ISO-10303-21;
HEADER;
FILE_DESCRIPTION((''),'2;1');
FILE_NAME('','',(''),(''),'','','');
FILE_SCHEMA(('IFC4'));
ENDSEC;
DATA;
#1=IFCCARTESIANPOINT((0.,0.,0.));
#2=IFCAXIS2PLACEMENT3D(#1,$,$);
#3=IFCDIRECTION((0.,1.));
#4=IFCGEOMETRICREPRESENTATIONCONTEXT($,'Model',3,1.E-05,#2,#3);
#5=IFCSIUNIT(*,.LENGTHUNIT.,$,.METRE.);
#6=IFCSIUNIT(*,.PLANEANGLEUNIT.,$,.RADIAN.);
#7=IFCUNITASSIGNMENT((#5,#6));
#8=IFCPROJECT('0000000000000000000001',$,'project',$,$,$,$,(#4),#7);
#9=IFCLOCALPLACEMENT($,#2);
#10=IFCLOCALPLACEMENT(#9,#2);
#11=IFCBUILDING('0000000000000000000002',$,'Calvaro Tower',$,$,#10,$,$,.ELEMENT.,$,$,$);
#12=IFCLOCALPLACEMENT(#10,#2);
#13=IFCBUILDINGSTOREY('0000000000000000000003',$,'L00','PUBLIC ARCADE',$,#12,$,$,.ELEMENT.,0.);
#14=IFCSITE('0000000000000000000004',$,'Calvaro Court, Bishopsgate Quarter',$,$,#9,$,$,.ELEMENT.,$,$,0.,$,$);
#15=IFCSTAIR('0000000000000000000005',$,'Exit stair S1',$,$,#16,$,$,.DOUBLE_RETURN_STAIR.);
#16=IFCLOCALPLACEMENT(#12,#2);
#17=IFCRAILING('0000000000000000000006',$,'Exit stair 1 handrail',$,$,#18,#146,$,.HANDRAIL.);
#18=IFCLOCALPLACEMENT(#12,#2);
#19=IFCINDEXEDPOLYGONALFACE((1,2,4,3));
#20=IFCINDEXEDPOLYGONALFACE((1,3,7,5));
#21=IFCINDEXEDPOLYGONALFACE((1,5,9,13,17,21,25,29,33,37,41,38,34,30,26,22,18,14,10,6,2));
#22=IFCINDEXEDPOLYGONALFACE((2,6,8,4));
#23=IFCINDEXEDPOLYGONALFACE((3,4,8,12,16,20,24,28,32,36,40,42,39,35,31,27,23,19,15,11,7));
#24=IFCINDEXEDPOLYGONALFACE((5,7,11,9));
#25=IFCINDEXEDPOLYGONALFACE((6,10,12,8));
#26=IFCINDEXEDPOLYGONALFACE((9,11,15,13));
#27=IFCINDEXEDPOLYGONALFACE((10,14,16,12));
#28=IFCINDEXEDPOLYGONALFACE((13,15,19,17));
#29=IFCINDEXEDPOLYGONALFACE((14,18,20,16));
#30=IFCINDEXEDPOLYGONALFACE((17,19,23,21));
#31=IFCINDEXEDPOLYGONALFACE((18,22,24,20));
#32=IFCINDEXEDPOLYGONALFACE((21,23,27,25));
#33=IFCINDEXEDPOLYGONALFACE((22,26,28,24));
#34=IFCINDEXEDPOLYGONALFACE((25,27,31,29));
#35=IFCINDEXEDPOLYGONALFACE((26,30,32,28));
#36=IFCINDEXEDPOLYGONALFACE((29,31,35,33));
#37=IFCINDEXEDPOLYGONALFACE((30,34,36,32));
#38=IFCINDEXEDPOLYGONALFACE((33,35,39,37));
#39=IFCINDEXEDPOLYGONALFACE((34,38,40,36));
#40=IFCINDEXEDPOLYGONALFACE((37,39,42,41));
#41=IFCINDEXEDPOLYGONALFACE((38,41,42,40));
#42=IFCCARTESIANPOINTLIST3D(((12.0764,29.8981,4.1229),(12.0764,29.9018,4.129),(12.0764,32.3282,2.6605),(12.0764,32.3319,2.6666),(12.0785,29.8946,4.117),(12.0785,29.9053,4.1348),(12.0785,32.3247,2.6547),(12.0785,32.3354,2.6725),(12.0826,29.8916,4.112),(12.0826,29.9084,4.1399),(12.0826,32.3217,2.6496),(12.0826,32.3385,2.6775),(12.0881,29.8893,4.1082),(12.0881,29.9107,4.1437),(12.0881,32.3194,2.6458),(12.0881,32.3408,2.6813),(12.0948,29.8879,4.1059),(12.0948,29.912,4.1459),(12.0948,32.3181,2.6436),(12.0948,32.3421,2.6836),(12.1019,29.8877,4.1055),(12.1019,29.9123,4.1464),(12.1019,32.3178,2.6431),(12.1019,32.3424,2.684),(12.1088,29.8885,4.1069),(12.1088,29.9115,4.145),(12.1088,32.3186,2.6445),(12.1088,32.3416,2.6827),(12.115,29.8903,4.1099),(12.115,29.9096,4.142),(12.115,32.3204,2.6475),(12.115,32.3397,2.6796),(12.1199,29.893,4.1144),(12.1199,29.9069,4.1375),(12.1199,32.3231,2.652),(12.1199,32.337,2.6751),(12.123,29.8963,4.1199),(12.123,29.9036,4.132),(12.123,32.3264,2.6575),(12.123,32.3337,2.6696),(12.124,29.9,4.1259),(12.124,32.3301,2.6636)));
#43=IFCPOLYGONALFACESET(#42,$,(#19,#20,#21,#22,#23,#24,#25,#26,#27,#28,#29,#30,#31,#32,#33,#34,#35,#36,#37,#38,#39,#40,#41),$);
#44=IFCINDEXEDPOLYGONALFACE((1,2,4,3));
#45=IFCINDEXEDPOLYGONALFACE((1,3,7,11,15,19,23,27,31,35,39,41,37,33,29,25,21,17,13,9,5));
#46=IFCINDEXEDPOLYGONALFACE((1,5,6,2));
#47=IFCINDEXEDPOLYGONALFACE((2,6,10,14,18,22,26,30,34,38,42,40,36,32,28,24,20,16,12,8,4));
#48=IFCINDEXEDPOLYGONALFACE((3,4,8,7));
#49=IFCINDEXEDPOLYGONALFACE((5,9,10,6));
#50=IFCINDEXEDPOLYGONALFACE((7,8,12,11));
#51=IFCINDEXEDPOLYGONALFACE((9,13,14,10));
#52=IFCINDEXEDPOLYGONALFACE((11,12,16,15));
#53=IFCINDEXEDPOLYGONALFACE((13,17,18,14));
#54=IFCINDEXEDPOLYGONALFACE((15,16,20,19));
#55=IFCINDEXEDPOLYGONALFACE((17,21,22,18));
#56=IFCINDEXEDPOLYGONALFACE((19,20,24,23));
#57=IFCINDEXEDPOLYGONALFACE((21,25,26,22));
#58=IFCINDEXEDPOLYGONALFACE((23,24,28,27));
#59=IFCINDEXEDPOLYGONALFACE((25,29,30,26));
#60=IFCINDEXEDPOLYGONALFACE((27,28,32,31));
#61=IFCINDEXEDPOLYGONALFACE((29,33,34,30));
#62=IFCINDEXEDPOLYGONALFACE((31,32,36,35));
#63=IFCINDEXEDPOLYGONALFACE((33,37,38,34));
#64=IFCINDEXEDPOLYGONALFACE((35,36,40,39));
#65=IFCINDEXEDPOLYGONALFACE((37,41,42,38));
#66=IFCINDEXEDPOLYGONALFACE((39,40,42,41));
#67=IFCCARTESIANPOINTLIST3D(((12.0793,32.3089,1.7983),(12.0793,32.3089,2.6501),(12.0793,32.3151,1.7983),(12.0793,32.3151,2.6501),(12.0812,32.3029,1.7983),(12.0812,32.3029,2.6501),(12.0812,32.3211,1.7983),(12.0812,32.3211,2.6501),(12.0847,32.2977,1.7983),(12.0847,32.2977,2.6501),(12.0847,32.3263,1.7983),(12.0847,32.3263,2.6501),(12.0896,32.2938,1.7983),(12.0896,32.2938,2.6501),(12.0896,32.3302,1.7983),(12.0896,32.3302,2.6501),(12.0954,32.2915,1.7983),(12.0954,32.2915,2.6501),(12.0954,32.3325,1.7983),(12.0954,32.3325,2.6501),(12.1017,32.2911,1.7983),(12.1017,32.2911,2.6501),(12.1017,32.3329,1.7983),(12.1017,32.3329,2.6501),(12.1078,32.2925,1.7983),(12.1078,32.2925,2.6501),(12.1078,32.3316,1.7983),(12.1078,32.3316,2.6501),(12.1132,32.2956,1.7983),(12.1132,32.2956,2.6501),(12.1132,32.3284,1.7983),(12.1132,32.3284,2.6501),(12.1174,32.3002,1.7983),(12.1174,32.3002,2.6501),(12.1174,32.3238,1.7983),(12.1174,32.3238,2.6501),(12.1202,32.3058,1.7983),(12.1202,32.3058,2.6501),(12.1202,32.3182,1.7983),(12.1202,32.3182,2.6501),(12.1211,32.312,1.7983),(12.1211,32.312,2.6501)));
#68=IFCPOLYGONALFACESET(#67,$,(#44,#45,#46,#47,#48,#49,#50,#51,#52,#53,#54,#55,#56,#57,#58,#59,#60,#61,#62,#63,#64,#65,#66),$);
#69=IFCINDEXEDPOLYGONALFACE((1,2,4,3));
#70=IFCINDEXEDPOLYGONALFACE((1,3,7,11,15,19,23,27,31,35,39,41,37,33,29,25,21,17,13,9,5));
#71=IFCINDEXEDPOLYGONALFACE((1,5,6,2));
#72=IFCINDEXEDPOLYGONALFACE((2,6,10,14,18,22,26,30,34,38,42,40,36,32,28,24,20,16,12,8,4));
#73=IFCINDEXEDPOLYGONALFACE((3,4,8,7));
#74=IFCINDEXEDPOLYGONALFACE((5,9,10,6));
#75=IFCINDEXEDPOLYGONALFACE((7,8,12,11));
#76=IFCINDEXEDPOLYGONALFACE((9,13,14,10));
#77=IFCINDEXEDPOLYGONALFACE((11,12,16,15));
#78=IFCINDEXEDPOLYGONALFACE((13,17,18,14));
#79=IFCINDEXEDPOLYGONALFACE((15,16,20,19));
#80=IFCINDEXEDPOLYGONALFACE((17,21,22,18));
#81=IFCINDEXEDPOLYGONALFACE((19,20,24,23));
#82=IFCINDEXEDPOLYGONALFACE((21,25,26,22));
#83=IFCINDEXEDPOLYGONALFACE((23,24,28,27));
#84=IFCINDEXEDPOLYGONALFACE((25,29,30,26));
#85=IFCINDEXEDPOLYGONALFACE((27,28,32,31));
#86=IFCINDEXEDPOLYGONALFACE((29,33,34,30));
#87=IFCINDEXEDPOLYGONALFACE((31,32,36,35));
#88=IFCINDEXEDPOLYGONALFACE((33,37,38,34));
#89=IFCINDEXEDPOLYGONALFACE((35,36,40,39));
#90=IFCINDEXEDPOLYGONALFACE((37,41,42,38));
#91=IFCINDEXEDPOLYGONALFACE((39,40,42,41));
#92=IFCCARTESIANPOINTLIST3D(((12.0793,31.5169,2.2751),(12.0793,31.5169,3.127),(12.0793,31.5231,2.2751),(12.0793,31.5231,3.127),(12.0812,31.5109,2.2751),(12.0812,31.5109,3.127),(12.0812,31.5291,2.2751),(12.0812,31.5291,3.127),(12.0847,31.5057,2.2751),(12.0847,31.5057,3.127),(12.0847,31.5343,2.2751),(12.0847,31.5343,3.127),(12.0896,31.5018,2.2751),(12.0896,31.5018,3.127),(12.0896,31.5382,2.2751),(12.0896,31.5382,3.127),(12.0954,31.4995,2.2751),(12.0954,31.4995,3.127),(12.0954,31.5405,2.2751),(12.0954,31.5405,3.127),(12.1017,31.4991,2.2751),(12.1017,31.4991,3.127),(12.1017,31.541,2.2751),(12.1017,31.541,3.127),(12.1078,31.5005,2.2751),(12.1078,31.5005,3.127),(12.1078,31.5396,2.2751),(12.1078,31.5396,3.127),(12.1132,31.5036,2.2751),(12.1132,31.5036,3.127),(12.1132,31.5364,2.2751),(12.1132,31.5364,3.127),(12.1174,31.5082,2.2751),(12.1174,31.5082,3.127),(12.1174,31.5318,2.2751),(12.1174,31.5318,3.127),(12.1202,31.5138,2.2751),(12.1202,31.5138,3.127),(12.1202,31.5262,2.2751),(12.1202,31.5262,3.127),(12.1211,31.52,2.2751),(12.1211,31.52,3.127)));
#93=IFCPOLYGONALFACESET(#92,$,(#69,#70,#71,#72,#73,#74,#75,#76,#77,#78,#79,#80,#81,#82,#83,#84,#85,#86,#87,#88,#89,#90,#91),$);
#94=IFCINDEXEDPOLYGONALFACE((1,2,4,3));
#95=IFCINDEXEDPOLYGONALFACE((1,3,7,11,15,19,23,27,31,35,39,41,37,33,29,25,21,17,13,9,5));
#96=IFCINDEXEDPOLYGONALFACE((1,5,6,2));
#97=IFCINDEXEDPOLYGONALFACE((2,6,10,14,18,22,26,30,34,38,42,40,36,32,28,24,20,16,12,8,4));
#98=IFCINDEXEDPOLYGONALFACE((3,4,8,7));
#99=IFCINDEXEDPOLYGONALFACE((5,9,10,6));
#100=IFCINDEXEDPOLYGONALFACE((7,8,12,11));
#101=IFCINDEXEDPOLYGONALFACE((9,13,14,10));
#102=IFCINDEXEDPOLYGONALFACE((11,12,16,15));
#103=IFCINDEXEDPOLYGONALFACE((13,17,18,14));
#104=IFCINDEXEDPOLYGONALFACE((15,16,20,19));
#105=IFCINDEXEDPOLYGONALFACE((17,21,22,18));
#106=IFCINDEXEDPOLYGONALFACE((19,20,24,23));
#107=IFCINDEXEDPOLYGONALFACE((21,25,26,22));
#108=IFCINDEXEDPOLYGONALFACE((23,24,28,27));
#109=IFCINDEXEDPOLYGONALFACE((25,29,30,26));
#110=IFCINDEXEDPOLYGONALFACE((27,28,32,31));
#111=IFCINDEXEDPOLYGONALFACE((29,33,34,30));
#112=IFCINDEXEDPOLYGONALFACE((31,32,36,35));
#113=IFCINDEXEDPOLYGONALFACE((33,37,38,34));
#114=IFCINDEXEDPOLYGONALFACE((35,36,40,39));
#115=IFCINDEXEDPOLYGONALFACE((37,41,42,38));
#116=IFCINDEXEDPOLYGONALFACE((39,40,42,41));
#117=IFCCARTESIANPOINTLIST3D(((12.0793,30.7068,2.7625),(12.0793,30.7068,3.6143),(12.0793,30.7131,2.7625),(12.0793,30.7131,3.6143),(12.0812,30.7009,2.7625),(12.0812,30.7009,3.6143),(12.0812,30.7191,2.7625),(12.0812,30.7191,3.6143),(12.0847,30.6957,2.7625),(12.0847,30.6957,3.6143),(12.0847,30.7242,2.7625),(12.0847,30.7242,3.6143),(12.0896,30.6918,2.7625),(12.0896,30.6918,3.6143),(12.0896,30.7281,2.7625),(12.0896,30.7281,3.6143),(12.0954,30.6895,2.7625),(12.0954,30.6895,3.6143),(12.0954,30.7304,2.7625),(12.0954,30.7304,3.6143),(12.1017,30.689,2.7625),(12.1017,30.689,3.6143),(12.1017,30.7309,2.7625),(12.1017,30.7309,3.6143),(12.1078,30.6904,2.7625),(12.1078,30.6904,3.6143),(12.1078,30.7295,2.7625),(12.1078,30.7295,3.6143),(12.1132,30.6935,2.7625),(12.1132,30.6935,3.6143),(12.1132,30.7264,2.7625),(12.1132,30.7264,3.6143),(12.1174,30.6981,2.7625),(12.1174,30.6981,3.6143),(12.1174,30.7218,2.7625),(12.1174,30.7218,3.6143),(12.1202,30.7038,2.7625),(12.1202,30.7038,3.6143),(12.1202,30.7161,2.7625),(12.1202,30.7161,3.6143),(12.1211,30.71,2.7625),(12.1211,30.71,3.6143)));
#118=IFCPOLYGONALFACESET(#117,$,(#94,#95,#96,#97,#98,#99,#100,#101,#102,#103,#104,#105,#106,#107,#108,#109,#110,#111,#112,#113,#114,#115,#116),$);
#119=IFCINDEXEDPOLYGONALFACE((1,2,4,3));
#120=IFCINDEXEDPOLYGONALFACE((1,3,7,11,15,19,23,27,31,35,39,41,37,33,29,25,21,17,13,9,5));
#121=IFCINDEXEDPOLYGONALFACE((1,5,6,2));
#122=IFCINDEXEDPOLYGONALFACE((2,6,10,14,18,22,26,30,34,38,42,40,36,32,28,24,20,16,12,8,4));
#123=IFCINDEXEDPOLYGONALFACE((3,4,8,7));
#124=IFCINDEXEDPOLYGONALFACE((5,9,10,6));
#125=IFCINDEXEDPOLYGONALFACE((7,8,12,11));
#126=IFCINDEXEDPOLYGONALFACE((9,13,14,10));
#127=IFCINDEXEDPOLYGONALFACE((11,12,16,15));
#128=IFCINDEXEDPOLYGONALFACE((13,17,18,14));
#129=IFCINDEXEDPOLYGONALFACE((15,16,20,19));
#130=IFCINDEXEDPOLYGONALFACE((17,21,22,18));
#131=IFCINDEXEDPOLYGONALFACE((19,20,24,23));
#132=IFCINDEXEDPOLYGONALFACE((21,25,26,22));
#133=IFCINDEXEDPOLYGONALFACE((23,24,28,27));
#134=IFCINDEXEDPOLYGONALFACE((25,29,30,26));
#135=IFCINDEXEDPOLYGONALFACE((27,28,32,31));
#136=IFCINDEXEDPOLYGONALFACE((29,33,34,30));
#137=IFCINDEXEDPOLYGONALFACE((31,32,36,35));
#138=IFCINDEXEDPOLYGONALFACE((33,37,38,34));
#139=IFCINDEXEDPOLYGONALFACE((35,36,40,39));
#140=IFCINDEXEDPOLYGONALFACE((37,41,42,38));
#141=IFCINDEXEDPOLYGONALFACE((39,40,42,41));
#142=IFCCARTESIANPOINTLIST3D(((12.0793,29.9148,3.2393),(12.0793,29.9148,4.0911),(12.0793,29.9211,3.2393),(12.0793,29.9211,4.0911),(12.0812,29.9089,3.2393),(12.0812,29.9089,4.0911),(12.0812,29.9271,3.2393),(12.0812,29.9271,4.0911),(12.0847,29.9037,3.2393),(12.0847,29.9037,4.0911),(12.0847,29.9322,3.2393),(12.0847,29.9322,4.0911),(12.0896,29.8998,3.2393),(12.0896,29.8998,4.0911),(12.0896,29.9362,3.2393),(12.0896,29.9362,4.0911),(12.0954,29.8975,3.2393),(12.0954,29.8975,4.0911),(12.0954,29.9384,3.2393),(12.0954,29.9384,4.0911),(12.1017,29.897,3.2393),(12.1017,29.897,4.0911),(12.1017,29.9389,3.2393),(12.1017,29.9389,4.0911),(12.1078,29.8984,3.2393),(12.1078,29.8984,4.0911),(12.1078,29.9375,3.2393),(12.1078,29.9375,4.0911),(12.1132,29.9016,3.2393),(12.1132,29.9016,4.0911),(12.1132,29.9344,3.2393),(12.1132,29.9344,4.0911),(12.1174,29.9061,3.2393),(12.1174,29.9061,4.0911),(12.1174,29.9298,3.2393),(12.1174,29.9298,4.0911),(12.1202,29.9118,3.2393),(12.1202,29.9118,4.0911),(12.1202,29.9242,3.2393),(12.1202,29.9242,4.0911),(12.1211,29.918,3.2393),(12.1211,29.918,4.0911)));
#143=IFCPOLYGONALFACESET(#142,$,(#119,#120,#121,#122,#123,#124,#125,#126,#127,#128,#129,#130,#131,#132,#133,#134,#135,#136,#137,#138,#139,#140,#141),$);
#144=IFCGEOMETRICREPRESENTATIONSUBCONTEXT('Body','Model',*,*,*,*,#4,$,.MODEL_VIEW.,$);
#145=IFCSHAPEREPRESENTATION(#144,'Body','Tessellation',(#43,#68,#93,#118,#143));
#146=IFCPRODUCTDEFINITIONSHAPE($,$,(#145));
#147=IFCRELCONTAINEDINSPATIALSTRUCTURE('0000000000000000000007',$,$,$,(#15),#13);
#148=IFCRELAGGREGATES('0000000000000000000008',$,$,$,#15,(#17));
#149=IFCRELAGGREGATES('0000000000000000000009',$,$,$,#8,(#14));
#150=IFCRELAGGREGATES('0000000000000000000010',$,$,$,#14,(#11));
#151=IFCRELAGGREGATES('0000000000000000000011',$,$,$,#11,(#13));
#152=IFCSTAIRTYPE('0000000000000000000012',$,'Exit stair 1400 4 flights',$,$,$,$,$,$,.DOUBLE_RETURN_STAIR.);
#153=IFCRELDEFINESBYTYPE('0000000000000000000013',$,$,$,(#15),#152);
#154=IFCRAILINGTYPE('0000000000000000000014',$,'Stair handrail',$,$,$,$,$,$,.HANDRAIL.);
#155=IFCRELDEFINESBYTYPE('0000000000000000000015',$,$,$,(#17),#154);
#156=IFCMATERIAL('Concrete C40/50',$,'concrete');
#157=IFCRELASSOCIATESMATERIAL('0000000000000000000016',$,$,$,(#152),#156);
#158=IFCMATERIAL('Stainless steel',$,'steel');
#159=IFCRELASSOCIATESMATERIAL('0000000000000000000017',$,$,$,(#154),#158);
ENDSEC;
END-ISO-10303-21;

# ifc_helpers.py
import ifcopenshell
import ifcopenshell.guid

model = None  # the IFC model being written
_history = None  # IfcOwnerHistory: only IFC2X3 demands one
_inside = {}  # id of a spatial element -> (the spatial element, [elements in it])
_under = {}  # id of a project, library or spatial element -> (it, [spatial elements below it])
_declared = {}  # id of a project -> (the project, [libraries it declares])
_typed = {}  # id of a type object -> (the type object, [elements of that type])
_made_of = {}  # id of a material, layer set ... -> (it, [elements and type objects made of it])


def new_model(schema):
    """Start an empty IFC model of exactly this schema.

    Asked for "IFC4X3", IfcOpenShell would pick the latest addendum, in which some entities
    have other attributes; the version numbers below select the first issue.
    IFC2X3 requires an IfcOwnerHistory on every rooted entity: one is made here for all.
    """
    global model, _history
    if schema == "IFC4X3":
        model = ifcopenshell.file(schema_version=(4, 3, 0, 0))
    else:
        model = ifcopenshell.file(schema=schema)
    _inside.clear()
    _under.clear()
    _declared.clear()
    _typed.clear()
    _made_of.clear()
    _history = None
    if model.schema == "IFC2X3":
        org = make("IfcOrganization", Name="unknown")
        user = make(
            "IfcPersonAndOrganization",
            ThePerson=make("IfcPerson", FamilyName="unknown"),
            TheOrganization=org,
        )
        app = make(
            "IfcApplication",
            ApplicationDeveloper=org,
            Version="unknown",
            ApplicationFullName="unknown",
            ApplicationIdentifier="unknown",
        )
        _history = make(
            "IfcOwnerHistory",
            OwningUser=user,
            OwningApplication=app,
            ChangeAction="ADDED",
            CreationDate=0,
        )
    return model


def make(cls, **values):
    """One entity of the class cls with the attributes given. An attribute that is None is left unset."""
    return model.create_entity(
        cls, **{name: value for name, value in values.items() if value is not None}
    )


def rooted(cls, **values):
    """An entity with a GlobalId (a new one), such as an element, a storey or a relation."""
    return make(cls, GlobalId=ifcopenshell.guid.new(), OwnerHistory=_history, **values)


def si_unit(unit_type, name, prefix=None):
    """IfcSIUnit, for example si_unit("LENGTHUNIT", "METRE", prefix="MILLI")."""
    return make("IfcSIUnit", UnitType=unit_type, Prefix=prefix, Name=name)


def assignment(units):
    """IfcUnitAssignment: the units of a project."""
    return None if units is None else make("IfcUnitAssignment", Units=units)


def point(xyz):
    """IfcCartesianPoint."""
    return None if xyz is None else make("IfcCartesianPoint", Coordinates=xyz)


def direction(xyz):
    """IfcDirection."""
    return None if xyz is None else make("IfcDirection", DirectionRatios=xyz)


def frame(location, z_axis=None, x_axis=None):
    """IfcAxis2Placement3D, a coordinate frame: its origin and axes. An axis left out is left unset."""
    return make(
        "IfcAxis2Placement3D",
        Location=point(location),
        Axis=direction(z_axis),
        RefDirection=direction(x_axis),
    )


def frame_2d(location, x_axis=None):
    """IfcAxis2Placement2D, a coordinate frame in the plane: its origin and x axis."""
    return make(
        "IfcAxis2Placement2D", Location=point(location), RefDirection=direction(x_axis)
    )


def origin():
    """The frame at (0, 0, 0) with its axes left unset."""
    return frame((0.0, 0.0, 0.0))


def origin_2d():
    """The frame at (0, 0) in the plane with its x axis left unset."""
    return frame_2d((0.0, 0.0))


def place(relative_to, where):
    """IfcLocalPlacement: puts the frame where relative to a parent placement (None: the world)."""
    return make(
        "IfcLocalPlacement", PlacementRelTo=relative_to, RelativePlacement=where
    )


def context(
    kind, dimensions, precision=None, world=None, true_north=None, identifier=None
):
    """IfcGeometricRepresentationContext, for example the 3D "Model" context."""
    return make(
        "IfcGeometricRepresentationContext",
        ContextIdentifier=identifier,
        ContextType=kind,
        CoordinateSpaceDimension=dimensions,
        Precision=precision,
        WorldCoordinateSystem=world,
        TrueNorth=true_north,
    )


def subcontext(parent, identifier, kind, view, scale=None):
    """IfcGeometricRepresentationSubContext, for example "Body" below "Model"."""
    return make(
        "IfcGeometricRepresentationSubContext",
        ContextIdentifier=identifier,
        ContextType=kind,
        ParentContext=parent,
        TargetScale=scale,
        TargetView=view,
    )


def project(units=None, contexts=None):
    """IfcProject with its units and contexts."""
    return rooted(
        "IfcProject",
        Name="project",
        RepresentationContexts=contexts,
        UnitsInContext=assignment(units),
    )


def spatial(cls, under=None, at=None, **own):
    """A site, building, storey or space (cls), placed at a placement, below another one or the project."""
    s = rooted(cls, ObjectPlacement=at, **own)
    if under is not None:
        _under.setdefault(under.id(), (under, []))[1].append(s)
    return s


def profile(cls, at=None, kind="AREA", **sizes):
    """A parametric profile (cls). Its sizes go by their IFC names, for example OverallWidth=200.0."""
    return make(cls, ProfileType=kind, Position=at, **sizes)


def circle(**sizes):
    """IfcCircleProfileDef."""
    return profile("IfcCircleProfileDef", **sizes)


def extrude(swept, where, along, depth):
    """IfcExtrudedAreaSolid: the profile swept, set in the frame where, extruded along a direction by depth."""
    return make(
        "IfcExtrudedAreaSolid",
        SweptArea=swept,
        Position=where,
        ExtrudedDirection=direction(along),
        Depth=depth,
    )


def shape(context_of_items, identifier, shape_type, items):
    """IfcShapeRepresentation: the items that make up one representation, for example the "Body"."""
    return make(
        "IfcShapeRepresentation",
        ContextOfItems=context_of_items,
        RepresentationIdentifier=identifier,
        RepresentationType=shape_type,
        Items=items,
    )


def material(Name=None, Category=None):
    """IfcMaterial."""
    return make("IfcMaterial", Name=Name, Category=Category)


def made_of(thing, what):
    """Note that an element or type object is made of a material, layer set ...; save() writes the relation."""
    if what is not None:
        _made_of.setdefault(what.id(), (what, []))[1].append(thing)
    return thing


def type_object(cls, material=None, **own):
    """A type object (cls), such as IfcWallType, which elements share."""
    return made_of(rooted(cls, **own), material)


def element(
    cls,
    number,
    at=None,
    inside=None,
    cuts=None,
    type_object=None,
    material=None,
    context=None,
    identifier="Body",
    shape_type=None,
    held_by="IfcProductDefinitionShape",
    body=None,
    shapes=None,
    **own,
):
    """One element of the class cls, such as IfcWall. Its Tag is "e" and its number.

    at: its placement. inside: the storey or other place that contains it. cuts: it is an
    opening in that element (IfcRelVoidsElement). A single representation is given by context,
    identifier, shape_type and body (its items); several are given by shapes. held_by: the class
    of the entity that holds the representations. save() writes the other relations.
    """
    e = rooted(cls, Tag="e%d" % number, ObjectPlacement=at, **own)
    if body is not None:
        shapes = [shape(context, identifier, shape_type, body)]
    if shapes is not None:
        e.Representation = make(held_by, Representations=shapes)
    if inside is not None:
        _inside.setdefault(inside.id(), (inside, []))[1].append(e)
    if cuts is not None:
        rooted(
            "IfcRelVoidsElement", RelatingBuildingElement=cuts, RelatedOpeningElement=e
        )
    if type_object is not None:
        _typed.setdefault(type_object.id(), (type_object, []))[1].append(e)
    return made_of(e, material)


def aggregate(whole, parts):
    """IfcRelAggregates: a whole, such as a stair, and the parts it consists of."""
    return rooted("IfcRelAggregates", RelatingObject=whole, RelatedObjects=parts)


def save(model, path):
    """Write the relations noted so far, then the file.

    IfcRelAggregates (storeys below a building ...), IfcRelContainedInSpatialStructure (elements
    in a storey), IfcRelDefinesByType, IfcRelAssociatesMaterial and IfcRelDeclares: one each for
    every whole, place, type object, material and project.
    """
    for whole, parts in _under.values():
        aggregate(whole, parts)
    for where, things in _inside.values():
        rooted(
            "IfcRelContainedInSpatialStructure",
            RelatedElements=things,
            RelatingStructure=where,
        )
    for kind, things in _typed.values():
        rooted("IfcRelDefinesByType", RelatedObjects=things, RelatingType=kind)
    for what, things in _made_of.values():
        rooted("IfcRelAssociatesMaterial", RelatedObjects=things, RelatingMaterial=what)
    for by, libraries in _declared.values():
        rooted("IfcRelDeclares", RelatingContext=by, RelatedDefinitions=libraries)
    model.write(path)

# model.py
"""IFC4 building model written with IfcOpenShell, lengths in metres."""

from ifc_helpers import new_model, si_unit, direction, frame, origin, origin_2d, place, context, subcontext, project, spatial, circle, extrude, material, type_object, element, aggregate, save


model = new_model("IFC4")

# Units and contexts
model_context = context("Model", 3, precision=1e-05, world=origin(), true_north=direction((0.0, 1.0)))
body_context = subcontext(model_context, "Body", "Model", "MODEL_VIEW")
ifc_project = project(units=[si_unit("LENGTHUNIT", "METRE"), si_unit("PLANEANGLEUNIT", "RADIAN")], contexts=[model_context])

# Site, building, storey
site_placement = place(None, origin())
site = spatial("IfcSite", under=ifc_project, at=site_placement, Name="Calvaro Court, Bishopsgate Quarter", CompositionType="ELEMENT", RefElevation=0.0)
building_placement = place(site_placement, origin())
building = spatial("IfcBuilding", under=site, at=building_placement, Name="Calvaro Tower", CompositionType="ELEMENT")
storey_placement = place(building_placement, origin())
storey = spatial("IfcBuildingStorey", under=building, at=storey_placement, Name="L00", Description="PUBLIC ARCADE", CompositionType="ELEMENT", Elevation=0.0)

# Stair, railing
ifc_material_1 = material(Name="Concrete C40/50", Category="concrete")
stair_type = type_object("IfcStairType", Name="Exit stair 1400 4 flights", PredefinedType="DOUBLE_RETURN_STAIR", material=ifc_material_1)
stair_placement = place(storey_placement, origin())
stair = element("IfcStair", 1, at=stair_placement, inside=storey, type_object=stair_type, Name="Exit stair S1", PredefinedType="DOUBLE_RETURN_STAIR")
ifc_material_2 = material(Name="Stainless steel", Category="steel")
railing_type = type_object("IfcRailingType", Name="Stair handrail", PredefinedType="HANDRAIL", material=ifc_material_2)
railing_1_placement = place(storey_placement, frame((12.1001, 32.3301, 1.7876)))
railing_1 = element("IfcRailing", 2, at=railing_1_placement, type_object=railing_type, Name="Exit stair 1 handrail", PredefinedType="HANDRAIL", context=body_context, shape_type="SweptSolid", body=[
    extrude(circle(Radius=0.0239, at=origin_2d()), frame((0.0, 0.0, 0.876), z_axis=(0.0, -0.856824, 0.515609), x_axis=(1.0, 0.0, 0.0)), (0.0, 0.0, 1.0), 2.8362),
    extrude(circle(Radius=0.021, at=origin_2d()), frame((0.0, -0.0181, 0.0107)), (0.0, 0.0, 1.0), 0.8518),
    extrude(circle(Radius=0.021, at=origin_2d()), frame((0.0, -0.8101, 0.4875)), (0.0, 0.0, 1.0), 0.8518),
    extrude(circle(Radius=0.021, at=origin_2d()), frame((0.0, -1.6201, 0.9749)), (0.0, 0.0, 1.0), 0.8518),
    extrude(circle(Radius=0.021, at=origin_2d()), frame((0.0, -2.4121, 1.4517)), (0.0, 0.0, 1.0), 0.8518),
])
aggregate(stair, [railing_1])

save(model, "model.ifc")
